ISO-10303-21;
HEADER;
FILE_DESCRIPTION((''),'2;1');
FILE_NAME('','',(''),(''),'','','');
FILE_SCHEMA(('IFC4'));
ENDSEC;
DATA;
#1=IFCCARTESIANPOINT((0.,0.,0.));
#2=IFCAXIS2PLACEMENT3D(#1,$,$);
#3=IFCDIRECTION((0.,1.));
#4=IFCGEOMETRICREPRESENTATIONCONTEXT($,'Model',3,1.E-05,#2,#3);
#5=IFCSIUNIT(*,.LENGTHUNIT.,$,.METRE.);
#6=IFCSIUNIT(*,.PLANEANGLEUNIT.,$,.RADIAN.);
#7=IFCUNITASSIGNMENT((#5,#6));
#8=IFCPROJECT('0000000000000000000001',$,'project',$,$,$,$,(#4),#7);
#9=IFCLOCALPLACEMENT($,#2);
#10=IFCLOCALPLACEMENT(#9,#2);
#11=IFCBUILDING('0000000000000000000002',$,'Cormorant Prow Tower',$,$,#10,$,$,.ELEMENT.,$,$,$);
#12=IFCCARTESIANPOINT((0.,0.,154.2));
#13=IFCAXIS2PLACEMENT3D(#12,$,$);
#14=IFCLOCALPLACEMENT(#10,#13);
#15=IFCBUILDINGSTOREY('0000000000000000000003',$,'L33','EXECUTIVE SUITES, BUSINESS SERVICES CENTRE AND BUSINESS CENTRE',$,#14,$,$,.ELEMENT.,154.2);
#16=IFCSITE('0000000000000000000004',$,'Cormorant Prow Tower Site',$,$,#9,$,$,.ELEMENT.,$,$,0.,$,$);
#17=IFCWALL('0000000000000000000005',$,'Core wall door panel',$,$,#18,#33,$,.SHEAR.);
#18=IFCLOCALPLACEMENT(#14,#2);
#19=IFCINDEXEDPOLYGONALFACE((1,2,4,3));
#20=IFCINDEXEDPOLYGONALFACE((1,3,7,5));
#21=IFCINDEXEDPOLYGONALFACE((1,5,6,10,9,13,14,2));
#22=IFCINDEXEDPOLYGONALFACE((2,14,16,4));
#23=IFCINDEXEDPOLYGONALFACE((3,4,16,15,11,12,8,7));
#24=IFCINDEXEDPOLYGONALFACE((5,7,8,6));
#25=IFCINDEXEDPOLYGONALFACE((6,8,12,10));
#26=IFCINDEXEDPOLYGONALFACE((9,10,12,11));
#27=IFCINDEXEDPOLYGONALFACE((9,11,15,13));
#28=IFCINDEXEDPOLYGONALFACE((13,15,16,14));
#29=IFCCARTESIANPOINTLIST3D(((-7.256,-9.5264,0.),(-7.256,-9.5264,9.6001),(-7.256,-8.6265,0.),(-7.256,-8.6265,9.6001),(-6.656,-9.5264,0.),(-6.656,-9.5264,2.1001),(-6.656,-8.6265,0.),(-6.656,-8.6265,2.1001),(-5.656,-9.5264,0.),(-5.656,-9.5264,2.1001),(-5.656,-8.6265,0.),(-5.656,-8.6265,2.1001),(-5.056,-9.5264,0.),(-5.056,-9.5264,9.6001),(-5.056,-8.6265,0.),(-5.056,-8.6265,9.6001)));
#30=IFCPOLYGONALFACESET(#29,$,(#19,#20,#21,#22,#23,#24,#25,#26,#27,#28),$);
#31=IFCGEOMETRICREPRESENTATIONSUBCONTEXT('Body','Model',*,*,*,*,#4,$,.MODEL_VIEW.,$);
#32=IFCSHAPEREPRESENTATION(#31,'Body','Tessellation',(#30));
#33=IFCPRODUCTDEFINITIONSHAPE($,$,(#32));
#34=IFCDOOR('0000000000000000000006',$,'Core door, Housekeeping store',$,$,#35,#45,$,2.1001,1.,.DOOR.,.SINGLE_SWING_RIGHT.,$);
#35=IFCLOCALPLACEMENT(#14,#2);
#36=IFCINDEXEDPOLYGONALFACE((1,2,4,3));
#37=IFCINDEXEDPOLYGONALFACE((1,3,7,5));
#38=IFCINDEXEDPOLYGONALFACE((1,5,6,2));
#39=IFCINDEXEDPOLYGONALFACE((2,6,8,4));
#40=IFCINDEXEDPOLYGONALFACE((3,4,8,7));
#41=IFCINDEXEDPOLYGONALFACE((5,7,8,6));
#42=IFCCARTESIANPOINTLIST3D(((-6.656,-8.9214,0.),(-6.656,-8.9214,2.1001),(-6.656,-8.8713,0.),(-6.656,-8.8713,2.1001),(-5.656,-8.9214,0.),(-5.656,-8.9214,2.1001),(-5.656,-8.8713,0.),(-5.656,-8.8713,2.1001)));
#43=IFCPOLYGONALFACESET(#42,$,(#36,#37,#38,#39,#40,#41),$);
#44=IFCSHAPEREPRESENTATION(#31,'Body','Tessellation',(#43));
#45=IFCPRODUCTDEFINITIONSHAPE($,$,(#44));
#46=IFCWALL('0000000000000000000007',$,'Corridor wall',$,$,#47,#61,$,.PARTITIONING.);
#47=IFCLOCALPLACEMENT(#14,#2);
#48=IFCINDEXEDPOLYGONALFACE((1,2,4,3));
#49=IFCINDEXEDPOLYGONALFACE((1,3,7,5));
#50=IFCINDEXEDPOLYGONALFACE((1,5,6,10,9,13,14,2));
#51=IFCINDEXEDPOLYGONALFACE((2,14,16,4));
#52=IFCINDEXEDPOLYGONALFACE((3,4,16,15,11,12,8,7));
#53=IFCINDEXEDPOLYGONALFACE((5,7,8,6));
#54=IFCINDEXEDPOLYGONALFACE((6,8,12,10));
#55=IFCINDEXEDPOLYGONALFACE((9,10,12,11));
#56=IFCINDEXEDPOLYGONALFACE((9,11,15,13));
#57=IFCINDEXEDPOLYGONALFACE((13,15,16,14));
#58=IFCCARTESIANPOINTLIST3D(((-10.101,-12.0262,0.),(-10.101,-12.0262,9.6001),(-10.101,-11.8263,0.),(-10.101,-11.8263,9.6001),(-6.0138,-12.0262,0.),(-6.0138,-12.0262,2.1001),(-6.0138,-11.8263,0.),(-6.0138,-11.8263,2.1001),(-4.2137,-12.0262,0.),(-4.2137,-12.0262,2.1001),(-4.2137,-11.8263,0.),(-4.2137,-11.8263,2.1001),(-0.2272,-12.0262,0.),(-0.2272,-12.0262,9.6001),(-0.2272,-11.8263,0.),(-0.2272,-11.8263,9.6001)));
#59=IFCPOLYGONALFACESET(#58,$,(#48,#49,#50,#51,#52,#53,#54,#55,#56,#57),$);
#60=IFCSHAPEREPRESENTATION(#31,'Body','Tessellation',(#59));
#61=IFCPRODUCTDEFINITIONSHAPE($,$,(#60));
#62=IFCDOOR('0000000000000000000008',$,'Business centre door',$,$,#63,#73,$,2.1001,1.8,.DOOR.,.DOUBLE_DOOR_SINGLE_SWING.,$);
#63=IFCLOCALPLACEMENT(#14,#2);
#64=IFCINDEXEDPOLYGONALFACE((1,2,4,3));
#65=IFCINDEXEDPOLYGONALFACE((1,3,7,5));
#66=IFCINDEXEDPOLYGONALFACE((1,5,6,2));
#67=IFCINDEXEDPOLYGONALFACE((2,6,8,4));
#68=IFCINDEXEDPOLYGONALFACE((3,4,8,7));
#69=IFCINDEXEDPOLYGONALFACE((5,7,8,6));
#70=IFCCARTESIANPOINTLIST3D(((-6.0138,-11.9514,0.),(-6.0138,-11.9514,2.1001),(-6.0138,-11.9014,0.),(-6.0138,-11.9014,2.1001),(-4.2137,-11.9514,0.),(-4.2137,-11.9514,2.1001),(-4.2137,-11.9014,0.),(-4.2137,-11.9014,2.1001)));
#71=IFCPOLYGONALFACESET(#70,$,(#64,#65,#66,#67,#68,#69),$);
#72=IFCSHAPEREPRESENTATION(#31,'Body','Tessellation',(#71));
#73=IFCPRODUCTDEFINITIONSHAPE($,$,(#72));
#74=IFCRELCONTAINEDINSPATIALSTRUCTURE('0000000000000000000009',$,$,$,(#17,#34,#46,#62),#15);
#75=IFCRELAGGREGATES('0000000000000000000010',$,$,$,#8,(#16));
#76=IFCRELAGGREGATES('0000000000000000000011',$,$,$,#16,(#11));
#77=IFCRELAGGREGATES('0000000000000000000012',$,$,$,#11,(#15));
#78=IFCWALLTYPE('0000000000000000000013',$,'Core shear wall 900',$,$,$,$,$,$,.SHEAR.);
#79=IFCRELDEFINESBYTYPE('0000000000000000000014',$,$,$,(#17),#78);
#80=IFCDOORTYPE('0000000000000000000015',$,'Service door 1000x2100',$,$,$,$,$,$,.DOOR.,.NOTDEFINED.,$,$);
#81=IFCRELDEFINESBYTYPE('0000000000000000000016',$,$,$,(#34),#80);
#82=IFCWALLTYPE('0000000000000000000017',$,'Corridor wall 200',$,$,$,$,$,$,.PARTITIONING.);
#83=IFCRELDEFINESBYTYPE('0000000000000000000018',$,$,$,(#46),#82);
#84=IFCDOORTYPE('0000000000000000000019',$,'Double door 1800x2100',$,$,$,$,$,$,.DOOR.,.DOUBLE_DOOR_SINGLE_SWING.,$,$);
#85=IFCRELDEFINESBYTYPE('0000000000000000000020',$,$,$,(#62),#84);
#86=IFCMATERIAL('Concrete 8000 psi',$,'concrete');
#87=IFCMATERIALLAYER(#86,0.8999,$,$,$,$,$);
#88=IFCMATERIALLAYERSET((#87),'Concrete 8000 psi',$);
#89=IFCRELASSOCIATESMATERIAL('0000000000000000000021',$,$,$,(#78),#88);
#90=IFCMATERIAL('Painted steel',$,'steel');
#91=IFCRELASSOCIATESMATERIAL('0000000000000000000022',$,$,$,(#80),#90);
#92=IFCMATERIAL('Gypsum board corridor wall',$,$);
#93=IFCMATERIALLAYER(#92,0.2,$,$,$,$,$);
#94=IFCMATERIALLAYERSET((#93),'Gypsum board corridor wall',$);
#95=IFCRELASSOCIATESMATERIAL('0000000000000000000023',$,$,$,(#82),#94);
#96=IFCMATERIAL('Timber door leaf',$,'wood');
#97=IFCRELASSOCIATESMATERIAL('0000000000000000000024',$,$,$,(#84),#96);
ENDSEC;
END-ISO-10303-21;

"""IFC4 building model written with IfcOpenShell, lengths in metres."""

from ifc_helpers import new_model, si_unit, direction, frame, frame_2d, origin, place, context, subcontext, project, spatial, rectangle, extrude, material, layer, layer_set, type_object, element, fill, save


model = new_model("IFC4")

# Units and contexts
model_context = context("Model", 3, precision=1e-05, world=origin(), true_north=direction((0.0, 1.0)))
body_context = subcontext(model_context, "Body", "Model", "MODEL_VIEW")
ifc_project = project(units=[si_unit("LENGTHUNIT", "METRE"), si_unit("PLANEANGLEUNIT", "RADIAN")], contexts=[model_context])

# Site, building, storey
site_placement = place(None, origin())
site = spatial("IfcSite", under=ifc_project, at=site_placement, Name="Cormorant Prow Tower Site", CompositionType="ELEMENT", RefElevation=0.0)
building_placement = place(site_placement, origin())
building = spatial("IfcBuilding", under=site, at=building_placement, Name="Cormorant Prow Tower", CompositionType="ELEMENT")
storey_placement = place(building_placement, frame((0.0, 0.0, 154.2)))
storey = spatial("IfcBuildingStorey", under=building, at=storey_placement, Name="L33", Description="EXECUTIVE SUITES, BUSINESS SERVICES CENTRE AND BUSINESS CENTRE", CompositionType="ELEMENT", Elevation=154.2)

# Shared definitions
ifc_material_1 = material(Name="Concrete 8000 psi", Category="concrete")
ifc_layer_1 = layer(ifc_material_1, 0.8999)
ifc_layer_set_1 = layer_set([ifc_layer_1], Name="Concrete 8000 psi")
wall_type_1 = type_object("IfcWallType", Name="Core shear wall 900", PredefinedType="SHEAR", material=ifc_layer_set_1)

# Walls, openings, doors
wall_1_placement = place(storey_placement, frame((-7.2561, -9.0764, 0.0), z_axis=(0.0, 0.0, 1.0), x_axis=(1.0, 0.0, 0.0)))
wall_1 = element("IfcWall", 1, at=wall_1_placement, inside=storey, type_object=wall_type_1, Name="Core wall door panel", PredefinedType="SHEAR", context=body_context, shape_type="SweptSolid", body=[
    extrude(rectangle(XDim=2.2, YDim=0.8999, at=frame_2d((1.1001, 0.0))), origin(), (0.0, 0.0, 1.0), 9.6001),
])
opening_1_placement = place(wall_1_placement, frame((0.6001, 0.0, 0.0)))
opening_1 = element("IfcOpeningElement", 2, at=opening_1_placement, cuts=wall_1, PredefinedType="OPENING", context=body_context, shape_type="SweptSolid", body=[
    extrude(rectangle(XDim=1.0, YDim=2.1001, at=frame_2d((0.5, 1.05))), frame((0.0, 0.46, 0.0), z_axis=(0.0, -1.0, 0.0), x_axis=(1.0, 0.0, 0.0)), (0.0, 0.0, 1.0), 0.9199),
])
ifc_material_2 = material(Name="Painted steel", Category="steel")
door_type_1 = type_object("IfcDoorType", Name="Service door 1000x2100", OperationType="NOTDEFINED", PredefinedType="DOOR", material=ifc_material_2)
door_1_placement = place(opening_1_placement, origin())
door_1 = element("IfcDoor", 3, at=door_1_placement, inside=storey, type_object=door_type_1, Name="Core door, Housekeeping store", OperationType="SINGLE_SWING_RIGHT", OverallHeight=2.1001, OverallWidth=1.0, PredefinedType="DOOR", context=body_context, shape_type="SweptSolid", body=[
    extrude(rectangle(XDim=1.0, YDim=2.1001, at=frame_2d((0.5, 1.05))), frame((0.0, 0.2051, 0.0), z_axis=(0.0, -1.0, 0.0), x_axis=(1.0, 0.0, 0.0)), (0.0, 0.0, 1.0), 0.05),
])
fill(opening_1, door_1)
ifc_material_3 = material(Name="Gypsum board corridor wall")
ifc_layer_2 = layer(ifc_material_3, 0.2)
ifc_layer_set_2 = layer_set([ifc_layer_2], Name="Gypsum board corridor wall")
wall_type_2 = type_object("IfcWallType", Name="Corridor wall 200", PredefinedType="PARTITIONING", material=ifc_layer_set_2)
wall_2_placement = place(storey_placement, frame((-10.1011, -11.9263, 0.0), z_axis=(0.0, 0.0, 1.0), x_axis=(1.0, 0.0, 0.0)))
wall_2 = element("IfcWall", 4, at=wall_2_placement, inside=storey, type_object=wall_type_2, Name="Corridor wall", PredefinedType="PARTITIONING", context=body_context, shape_type="SweptSolid", body=[
    extrude(rectangle(XDim=9.8738, YDim=0.2, at=frame_2d((4.937, 0.0))), origin(), (0.0, 0.0, 1.0), 9.6001),
])
opening_2_placement = place(wall_2_placement, frame((4.0874, 0.0, 0.0)))
opening_2 = element("IfcOpeningElement", 5, at=opening_2_placement, cuts=wall_2, PredefinedType="OPENING", context=body_context, shape_type="SweptSolid", body=[
    extrude(rectangle(XDim=1.8, YDim=2.1001, at=frame_2d((0.8999, 1.05))), frame((0.0, 0.1099, 0.0), z_axis=(0.0, -1.0, 0.0), x_axis=(1.0, 0.0, 0.0)), (0.0, 0.0, 1.0), 0.22),
])
ifc_material_4 = material(Name="Timber door leaf", Category="wood")
door_type_2 = type_object("IfcDoorType", Name="Double door 1800x2100", OperationType="DOUBLE_DOOR_SINGLE_SWING", PredefinedType="DOOR", material=ifc_material_4)
door_2_placement = place(opening_2_placement, origin())
door_2 = element("IfcDoor", 6, at=door_2_placement, inside=storey, type_object=door_type_2, Name="Business centre door", OperationType="DOUBLE_DOOR_SINGLE_SWING", OverallHeight=2.1001, OverallWidth=1.8, PredefinedType="DOOR", context=body_context, shape_type="SweptSolid", body=[
    extrude(rectangle(XDim=1.8, YDim=2.1001, at=frame_2d((0.8999, 1.05))), frame((0.0, 0.0249, 0.0), z_axis=(0.0, -1.0, 0.0), x_axis=(1.0, 0.0, 0.0)), (0.0, 0.0, 1.0), 0.05),
])
fill(opening_2, door_2)

save(model, "model.ifc")
